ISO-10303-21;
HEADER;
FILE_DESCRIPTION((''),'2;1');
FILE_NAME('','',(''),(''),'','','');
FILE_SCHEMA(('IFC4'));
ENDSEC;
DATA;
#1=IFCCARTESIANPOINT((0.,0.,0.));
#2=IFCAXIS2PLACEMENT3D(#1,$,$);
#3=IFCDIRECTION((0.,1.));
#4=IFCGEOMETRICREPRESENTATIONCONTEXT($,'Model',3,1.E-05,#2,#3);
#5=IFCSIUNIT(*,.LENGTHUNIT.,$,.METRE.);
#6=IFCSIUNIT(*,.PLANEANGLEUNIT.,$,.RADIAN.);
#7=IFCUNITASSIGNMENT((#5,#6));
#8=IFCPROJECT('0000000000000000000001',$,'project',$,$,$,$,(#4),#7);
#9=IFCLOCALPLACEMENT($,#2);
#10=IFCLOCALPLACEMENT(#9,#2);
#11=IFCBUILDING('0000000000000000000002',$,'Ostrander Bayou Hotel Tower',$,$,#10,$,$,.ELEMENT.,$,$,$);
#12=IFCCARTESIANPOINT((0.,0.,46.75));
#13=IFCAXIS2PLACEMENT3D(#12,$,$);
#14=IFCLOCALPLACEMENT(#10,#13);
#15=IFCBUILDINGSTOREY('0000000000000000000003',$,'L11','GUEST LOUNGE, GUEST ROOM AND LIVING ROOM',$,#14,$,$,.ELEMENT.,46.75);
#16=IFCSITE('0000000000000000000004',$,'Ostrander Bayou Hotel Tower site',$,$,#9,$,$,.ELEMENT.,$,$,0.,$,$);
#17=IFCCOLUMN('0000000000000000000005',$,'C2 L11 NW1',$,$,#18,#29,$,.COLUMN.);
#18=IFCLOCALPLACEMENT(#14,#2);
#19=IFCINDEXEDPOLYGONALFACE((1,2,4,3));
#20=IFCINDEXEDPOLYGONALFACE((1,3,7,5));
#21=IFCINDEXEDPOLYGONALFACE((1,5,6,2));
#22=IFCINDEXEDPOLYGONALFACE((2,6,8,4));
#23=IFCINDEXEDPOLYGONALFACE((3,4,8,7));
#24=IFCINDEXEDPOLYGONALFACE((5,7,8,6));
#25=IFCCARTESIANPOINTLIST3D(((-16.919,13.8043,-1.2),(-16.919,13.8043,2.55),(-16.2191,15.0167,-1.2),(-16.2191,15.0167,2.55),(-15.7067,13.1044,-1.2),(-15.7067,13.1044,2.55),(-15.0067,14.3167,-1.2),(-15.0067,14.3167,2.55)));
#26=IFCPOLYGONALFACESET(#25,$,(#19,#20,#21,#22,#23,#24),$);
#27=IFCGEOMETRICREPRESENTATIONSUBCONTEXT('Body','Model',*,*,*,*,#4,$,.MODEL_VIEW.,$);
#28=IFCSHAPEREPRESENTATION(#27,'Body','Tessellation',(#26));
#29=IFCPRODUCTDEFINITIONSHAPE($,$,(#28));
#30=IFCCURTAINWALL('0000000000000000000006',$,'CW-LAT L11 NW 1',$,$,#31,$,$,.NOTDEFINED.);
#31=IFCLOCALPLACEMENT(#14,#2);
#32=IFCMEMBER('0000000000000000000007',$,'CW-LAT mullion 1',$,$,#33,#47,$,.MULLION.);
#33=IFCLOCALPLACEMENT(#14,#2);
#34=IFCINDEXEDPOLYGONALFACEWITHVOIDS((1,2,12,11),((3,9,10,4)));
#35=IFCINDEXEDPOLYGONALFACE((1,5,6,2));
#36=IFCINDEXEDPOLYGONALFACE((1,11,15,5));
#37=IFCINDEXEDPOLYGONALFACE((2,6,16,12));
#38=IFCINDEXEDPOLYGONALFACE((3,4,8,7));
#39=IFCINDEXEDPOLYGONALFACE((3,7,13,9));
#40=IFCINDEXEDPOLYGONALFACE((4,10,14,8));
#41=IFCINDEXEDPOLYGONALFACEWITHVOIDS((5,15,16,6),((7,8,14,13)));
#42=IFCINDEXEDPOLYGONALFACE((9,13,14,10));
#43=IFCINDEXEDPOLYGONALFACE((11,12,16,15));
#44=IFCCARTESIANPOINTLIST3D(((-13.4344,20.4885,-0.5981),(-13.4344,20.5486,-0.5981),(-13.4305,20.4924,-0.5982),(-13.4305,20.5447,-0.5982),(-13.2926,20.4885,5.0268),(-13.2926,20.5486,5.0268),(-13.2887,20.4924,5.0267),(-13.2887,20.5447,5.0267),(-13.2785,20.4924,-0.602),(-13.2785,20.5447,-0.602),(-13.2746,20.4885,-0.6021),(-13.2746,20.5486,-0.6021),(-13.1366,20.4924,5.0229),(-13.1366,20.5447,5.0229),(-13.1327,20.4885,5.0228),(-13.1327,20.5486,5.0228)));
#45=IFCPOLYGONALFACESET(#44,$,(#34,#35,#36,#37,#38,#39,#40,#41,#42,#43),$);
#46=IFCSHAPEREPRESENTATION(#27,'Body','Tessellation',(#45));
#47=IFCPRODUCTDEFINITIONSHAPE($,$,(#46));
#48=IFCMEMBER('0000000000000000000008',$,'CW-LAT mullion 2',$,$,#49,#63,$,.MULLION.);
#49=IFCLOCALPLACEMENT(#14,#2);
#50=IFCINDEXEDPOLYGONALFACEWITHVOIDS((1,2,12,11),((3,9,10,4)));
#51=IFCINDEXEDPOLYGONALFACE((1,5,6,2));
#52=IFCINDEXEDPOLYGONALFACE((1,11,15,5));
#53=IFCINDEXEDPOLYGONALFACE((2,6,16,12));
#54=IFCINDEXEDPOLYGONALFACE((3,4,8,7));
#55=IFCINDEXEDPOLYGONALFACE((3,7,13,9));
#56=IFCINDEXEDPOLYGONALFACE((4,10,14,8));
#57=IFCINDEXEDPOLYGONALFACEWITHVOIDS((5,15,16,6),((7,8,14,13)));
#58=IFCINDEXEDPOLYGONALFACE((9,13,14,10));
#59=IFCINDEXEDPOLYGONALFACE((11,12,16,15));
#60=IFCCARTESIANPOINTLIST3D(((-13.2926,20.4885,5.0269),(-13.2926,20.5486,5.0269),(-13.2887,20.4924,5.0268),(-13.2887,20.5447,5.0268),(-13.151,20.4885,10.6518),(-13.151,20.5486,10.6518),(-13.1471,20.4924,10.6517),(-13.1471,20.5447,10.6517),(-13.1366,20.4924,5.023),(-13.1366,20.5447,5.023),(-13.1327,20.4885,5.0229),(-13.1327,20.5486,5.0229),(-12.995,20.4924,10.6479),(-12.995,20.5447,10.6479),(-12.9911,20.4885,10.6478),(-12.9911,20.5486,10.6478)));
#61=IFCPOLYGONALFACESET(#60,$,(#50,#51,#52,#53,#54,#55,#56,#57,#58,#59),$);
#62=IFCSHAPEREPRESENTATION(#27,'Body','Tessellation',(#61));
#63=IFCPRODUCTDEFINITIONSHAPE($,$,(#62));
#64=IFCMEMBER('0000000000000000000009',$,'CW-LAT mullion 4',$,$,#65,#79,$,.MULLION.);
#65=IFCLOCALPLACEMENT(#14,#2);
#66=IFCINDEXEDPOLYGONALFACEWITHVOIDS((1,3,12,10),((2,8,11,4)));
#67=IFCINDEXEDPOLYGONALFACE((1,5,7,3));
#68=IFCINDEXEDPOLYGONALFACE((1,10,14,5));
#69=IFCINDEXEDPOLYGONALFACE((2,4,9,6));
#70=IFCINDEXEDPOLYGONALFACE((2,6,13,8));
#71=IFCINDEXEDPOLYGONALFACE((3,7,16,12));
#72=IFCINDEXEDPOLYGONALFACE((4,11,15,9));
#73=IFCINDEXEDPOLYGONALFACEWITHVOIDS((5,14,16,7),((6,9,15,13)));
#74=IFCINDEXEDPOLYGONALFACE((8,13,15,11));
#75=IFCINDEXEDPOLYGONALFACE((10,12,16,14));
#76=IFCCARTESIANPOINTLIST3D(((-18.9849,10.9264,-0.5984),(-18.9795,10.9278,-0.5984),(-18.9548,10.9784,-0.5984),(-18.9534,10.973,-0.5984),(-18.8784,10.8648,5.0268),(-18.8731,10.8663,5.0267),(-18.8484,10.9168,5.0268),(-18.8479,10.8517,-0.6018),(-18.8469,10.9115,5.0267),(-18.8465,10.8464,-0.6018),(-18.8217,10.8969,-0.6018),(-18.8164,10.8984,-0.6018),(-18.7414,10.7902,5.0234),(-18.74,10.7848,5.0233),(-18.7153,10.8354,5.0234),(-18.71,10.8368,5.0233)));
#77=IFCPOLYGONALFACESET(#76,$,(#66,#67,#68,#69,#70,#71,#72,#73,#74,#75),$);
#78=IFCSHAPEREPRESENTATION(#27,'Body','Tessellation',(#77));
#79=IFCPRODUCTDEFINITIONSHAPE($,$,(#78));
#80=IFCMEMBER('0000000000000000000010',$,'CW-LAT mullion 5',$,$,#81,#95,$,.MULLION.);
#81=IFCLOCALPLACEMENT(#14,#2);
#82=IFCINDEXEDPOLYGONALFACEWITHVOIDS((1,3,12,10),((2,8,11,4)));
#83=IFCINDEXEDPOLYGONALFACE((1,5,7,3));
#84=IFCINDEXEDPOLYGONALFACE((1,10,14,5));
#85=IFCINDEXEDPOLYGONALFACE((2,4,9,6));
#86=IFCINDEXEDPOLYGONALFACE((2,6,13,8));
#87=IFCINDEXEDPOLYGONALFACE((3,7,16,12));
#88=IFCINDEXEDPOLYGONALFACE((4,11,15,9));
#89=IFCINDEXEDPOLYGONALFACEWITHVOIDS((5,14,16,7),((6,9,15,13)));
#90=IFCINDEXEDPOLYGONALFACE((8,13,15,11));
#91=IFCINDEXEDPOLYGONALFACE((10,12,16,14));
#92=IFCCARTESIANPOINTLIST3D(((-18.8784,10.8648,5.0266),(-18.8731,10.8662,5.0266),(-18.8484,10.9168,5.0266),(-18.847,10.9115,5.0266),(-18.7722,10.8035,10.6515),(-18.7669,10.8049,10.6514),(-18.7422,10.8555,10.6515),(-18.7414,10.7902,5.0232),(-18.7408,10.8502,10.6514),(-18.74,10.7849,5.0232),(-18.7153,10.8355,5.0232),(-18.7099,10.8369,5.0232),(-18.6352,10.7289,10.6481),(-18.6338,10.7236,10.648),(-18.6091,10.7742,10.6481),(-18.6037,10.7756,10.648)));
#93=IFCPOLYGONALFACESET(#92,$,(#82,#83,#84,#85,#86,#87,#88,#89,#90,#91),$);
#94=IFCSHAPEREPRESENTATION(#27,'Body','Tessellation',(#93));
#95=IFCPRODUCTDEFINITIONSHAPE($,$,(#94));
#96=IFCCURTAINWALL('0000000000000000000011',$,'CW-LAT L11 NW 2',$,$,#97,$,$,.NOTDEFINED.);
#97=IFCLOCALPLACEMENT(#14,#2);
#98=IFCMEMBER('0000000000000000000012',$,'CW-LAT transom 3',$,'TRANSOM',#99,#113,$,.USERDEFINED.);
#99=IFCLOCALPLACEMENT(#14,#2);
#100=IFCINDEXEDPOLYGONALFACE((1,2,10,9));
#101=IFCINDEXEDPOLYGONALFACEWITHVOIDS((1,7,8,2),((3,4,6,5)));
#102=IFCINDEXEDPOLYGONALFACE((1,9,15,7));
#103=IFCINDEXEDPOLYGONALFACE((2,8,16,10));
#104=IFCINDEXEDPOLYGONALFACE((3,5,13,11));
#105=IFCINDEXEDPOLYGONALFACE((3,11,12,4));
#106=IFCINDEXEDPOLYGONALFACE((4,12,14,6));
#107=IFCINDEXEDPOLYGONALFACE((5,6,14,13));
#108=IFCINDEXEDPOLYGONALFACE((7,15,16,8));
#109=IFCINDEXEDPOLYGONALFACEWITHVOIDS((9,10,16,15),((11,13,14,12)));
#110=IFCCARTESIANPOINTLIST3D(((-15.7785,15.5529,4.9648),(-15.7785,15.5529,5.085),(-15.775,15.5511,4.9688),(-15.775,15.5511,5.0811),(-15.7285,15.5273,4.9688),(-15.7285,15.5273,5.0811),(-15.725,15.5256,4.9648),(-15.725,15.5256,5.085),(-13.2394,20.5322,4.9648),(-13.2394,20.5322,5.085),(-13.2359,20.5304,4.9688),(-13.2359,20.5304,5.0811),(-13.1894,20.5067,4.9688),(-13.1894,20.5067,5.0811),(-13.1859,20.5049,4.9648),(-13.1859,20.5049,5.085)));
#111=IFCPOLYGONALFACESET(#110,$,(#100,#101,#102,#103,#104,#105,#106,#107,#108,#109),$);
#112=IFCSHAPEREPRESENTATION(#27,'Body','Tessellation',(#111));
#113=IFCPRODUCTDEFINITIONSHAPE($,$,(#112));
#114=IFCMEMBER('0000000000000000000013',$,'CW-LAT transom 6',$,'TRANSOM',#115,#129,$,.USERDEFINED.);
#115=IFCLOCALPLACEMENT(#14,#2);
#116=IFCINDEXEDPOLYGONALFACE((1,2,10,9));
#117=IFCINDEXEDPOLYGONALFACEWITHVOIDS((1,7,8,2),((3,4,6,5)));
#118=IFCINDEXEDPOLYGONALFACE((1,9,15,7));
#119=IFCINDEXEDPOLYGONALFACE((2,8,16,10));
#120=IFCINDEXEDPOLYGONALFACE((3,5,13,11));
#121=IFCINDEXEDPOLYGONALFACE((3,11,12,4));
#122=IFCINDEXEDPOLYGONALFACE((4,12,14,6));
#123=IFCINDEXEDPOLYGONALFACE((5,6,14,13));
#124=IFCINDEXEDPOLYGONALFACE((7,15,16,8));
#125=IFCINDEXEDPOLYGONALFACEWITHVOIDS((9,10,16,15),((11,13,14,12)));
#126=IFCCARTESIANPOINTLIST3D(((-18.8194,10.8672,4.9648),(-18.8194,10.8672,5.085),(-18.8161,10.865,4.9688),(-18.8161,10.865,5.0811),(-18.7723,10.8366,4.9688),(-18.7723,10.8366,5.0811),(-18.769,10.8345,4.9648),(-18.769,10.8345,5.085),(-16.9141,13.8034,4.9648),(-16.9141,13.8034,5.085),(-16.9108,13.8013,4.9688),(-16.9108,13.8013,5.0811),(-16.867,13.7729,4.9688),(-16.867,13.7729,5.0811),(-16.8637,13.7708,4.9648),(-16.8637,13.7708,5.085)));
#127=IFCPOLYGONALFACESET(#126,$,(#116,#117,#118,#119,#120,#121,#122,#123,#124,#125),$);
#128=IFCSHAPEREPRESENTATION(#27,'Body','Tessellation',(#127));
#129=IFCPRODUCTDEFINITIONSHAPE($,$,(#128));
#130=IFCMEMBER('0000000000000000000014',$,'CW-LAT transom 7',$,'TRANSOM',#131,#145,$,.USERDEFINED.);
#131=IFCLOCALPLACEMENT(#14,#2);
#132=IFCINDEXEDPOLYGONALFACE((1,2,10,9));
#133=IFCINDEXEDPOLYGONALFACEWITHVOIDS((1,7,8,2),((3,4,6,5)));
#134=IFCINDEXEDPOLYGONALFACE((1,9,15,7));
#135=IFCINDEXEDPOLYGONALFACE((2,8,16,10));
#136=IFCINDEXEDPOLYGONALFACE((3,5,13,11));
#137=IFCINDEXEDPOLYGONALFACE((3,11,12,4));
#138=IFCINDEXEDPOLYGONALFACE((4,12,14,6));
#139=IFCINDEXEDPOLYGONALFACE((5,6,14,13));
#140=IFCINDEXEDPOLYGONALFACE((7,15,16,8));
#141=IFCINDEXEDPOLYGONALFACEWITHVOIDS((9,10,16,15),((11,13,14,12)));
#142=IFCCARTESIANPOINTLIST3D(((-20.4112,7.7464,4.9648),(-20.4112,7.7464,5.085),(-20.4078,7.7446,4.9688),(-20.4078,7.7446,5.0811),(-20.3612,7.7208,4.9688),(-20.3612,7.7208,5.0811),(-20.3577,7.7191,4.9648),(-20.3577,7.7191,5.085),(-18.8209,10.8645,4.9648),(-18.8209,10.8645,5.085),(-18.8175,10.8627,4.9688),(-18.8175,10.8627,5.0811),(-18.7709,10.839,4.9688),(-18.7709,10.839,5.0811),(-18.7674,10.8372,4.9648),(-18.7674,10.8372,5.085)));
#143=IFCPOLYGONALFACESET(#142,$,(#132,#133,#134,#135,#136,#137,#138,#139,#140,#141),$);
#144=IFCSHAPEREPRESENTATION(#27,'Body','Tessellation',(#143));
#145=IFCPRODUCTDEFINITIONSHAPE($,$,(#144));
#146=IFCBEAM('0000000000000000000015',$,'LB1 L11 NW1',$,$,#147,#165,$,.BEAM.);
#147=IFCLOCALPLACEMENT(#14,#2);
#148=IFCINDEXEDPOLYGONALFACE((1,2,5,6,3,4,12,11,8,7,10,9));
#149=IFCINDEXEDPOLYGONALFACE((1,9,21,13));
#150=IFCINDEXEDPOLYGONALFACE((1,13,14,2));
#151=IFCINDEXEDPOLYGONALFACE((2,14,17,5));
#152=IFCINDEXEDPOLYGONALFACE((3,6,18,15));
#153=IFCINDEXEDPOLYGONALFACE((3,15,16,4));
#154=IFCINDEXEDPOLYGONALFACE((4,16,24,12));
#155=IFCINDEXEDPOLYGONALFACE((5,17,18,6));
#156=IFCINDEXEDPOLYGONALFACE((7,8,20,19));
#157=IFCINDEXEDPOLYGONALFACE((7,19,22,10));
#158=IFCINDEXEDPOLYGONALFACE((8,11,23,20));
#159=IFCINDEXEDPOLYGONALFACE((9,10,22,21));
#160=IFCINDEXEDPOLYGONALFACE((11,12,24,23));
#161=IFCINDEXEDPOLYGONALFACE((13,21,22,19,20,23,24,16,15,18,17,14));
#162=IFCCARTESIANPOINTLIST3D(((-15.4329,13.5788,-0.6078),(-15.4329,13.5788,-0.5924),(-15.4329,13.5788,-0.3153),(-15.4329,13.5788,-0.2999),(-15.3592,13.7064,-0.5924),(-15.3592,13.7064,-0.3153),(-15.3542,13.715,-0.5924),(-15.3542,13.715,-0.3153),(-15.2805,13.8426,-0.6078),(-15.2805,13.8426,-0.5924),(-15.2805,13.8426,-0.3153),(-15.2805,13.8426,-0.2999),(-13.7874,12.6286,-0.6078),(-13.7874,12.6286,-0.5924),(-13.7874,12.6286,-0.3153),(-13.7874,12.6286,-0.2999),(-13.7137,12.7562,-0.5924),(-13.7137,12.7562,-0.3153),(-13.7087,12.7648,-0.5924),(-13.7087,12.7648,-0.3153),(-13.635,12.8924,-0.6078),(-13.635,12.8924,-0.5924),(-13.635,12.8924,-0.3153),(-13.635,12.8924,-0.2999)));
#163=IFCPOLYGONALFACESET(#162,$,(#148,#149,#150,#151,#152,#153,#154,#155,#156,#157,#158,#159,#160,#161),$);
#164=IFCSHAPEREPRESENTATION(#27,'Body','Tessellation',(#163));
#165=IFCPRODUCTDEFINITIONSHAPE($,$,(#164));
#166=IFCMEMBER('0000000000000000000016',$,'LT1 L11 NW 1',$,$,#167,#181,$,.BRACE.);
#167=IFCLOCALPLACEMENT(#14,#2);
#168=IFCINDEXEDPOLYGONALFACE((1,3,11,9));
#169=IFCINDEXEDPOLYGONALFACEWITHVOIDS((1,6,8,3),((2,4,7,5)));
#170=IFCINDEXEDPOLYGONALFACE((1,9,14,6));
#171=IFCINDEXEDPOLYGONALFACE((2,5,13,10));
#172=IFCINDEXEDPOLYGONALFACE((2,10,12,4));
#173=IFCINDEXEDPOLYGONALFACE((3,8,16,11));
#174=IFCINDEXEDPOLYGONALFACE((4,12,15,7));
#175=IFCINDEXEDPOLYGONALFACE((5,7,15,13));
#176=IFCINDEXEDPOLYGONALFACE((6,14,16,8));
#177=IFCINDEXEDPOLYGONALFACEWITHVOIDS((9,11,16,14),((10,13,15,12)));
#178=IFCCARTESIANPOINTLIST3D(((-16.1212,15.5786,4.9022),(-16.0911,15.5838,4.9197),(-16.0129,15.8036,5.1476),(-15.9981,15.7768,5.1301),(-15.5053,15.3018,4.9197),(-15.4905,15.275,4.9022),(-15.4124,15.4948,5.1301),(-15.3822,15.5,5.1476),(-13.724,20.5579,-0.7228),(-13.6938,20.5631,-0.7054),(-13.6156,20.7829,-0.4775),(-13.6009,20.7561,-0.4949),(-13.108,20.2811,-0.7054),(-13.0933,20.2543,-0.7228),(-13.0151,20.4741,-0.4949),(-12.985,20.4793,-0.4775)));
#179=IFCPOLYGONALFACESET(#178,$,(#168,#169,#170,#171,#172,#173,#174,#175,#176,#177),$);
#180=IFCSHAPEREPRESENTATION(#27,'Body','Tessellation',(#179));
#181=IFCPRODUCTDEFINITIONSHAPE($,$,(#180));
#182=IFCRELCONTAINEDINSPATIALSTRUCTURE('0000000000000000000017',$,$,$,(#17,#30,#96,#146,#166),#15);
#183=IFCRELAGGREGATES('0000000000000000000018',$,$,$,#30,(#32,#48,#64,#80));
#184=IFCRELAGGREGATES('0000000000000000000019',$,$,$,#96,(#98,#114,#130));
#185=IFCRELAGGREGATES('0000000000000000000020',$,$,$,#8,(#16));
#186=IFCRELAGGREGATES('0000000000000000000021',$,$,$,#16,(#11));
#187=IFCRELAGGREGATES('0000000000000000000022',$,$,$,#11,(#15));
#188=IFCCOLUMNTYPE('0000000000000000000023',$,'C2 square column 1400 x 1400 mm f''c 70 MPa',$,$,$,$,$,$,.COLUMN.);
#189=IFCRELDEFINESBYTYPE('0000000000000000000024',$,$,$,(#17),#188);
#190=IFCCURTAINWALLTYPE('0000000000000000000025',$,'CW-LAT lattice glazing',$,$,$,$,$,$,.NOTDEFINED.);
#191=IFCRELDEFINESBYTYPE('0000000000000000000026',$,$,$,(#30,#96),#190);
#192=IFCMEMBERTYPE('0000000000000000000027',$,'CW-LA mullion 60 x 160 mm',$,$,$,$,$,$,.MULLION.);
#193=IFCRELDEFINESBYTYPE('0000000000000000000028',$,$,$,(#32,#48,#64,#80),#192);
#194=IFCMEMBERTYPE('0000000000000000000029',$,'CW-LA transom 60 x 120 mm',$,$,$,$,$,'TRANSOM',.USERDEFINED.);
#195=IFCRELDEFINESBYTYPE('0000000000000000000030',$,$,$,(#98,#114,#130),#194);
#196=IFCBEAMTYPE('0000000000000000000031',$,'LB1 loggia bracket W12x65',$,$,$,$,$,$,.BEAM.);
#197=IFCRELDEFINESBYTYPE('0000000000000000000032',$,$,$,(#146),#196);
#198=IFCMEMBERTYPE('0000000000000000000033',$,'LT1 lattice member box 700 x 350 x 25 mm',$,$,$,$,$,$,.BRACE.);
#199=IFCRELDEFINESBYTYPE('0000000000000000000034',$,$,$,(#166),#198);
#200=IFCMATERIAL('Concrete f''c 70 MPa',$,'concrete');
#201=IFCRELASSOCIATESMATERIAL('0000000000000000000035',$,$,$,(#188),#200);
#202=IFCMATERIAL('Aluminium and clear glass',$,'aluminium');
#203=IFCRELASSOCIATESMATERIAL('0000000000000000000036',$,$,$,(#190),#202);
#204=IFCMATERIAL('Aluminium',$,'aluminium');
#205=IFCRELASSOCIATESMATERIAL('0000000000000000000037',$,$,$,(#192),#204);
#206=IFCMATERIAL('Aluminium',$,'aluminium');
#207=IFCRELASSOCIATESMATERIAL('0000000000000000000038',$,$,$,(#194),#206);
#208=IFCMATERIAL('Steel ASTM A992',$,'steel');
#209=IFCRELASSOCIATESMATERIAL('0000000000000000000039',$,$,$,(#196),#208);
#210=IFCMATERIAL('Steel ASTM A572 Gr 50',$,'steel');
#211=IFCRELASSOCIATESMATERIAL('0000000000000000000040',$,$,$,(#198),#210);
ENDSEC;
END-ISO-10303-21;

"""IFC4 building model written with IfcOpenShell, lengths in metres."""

from ifc_helpers import new_model, si_unit, direction, frame, origin, origin_2d, place, context, subcontext, project, spatial, rectangle, hollow_rectangle, i_section, extrude, material, material_profile, profile_set, type_object, element, aggregate, save


model = new_model("IFC4")

# Units and contexts
model_context = context("Model", 3, precision=1e-05, world=origin(), true_north=direction((0.0, 1.0)))
body_context = subcontext(model_context, "Body", "Model", "MODEL_VIEW")
ifc_project = project(units=[si_unit("LENGTHUNIT", "METRE"), si_unit("PLANEANGLEUNIT", "RADIAN")], contexts=[model_context])

# Site, building, storey
site_placement = place(None, origin())
site = spatial("IfcSite", under=ifc_project, at=site_placement, Name="Ostrander Bayou Hotel Tower site", CompositionType="ELEMENT", RefElevation=0.0)
building_placement = place(site_placement, origin())
building = spatial("IfcBuilding", under=site, at=building_placement, Name="Ostrander Bayou Hotel Tower", CompositionType="ELEMENT")
storey_placement = place(building_placement, frame((0.0, 0.0, 46.75)))
storey = spatial("IfcBuildingStorey", under=building, at=storey_placement, Name="L11", Description="GUEST LOUNGE, GUEST ROOM AND LIVING ROOM", CompositionType="ELEMENT", Elevation=46.75)

# Column
ifc_material_1 = material(Name="Concrete f'c 70 MPa", Category="concrete")
ifc_material_profile_1 = material_profile(ifc_material_1, rectangle(XDim=1.3999, YDim=1.3999, at=origin_2d()))
ifc_profile_set_1 = profile_set([ifc_material_profile_1], Name="Concrete f'c 70 MPa")
column_type = type_object("IfcColumnType", Name="C2 square column 1400 x 1400 mm f'c 70 MPa", PredefinedType="COLUMN", material=ifc_profile_set_1)
column_placement = place(storey_placement, frame((-15.9629, 14.0605, -1.2), z_axis=(0.0, 0.0, 1.0), x_axis=(0.5, 0.866025, 0.0)))
element("IfcColumn", 1, at=column_placement, inside=storey, type_object=column_type, Name="C2 L11 NW1", PredefinedType="COLUMN", context=body_context, shape_type="SweptSolid", body=[
    extrude(rectangle(XDim=1.3999, YDim=1.3999, at=origin_2d()), origin(), (0.0, 0.0, 1.0), 3.75),
])

# Curtain walls, members
ifc_material_2 = material(Name="Aluminium and clear glass", Category="aluminium")
curtain_wall_type = type_object("IfcCurtainWallType", Name="CW-LAT lattice glazing", PredefinedType="NOTDEFINED", material=ifc_material_2)
curtain_wall_1_placement = place(storey_placement, origin())
curtain_wall_1 = element("IfcCurtainWall", 2, at=curtain_wall_1_placement, inside=storey, type_object=curtain_wall_type, Name="CW-LAT L11 NW 1", PredefinedType="NOTDEFINED")
ifc_material_3 = material(Name="Aluminium", Category="aluminium")
ifc_material_profile_2 = material_profile(ifc_material_3, hollow_rectangle(XDim=0.0601, YDim=0.1599, WallThickness=0.0039, at=origin_2d()))
ifc_profile_set_2 = profile_set([ifc_material_profile_2], Name="Aluminium")
member_type_1 = type_object("IfcMemberType", Name="CW-LA mullion 60 x 160 mm", PredefinedType="MULLION", material=ifc_profile_set_2)
member_1_placement = place(storey_placement, frame((-13.3545, 20.5186, -0.6001), z_axis=(0.025209, 0.0, 0.999682), x_axis=(0.0, 1.0, 0.0)))
member_1 = element("IfcMember", 3, at=member_1_placement, type_object=member_type_1, Name="CW-LAT mullion 1", PredefinedType="MULLION", context=body_context, shape_type="SweptSolid", body=[
    extrude(hollow_rectangle(XDim=0.0601, YDim=0.1599, WallThickness=0.0039, at=origin_2d()), origin(), (0.0, 0.0, 1.0), 5.6267),
])
member_2_placement = place(storey_placement, frame((-13.2126, 20.5186, 5.0249), z_axis=(0.025166, 0.0, 0.999683), x_axis=(0.0, 1.0, 0.0)))
member_2 = element("IfcMember", 4, at=member_2_placement, type_object=member_type_1, Name="CW-LAT mullion 2", PredefinedType="MULLION", context=body_context, shape_type="SweptSolid", body=[
    extrude(hollow_rectangle(XDim=0.0601, YDim=0.1599, WallThickness=0.0039, at=origin_2d()), origin(), (0.0, 0.0, 1.0), 5.6267),
])
member_3_placement = place(storey_placement, frame((-18.9006, 10.9124, -0.6001), z_axis=(0.018919, -0.010935, 0.999761), x_axis=(0.50041, 0.865789, 0.0)))
member_3 = element("IfcMember", 5, at=member_3_placement, type_object=member_type_1, Name="CW-LAT mullion 4", PredefinedType="MULLION", context=body_context, shape_type="SweptSolid", body=[
    extrude(hollow_rectangle(XDim=0.0601, YDim=0.1599, WallThickness=0.0039, at=origin_2d()), origin(), (0.0, 0.0, 1.0), 5.6265),
])
member_4_placement = place(storey_placement, frame((-18.7942, 10.8508, 5.0249), z_axis=(0.018876, -0.010892, 0.999763), x_axis=(0.49978, 0.866152, 0.0)))
member_4 = element("IfcMember", 6, at=member_4_placement, type_object=member_type_1, Name="CW-LAT mullion 5", PredefinedType="MULLION", context=body_context, shape_type="SweptSolid", body=[
    extrude(hollow_rectangle(XDim=0.0601, YDim=0.1599, WallThickness=0.0039, at=origin_2d()), origin(), (0.0, 0.0, 1.0), 5.6262),
])
curtain_wall_2_placement = place(storey_placement, origin())
curtain_wall_2 = element("IfcCurtainWall", 7, at=curtain_wall_2_placement, inside=storey, type_object=curtain_wall_type, Name="CW-LAT L11 NW 2", PredefinedType="NOTDEFINED")
ifc_material_4 = material(Name="Aluminium", Category="aluminium")
ifc_material_profile_3 = material_profile(ifc_material_4, hollow_rectangle(XDim=0.0601, YDim=0.1201, WallThickness=0.0039, at=origin_2d()))
ifc_profile_set_3 = profile_set([ifc_material_profile_3], Name="Aluminium")
member_type_2 = type_object("IfcMemberType", Name="CW-LA transom 60 x 120 mm", ElementType="TRANSOM", PredefinedType="USERDEFINED", material=ifc_profile_set_3)
member_5_placement = place(storey_placement, frame((-13.2126, 20.5186, 5.0249), z_axis=(-0.454276, -0.890861, 0.0), x_axis=(0.890861, -0.454276, 0.0)))
member_5 = element("IfcMember", 8, at=member_5_placement, type_object=member_type_2, Name="CW-LAT transom 3", ObjectType="TRANSOM", PredefinedType="USERDEFINED", context=body_context, shape_type="SweptSolid", body=[
    extrude(hollow_rectangle(XDim=0.0601, YDim=0.1201, WallThickness=0.0039, at=origin_2d()), origin(), (0.0, 0.0, 1.0), 5.5894),
])
member_6_placement = place(storey_placement, frame((-18.7942, 10.8508, 5.0249), z_axis=(0.544324, 0.838875, 0.0), x_axis=(-0.838875, 0.544324, 0.0)))
member_6 = element("IfcMember", 9, at=member_6_placement, type_object=member_type_2, Name="CW-LAT transom 6", ObjectType="TRANSOM", PredefinedType="USERDEFINED", context=body_context, shape_type="SweptSolid", body=[
    extrude(hollow_rectangle(XDim=0.0601, YDim=0.1201, WallThickness=0.0039, at=origin_2d()), origin(), (0.0, 0.0, 1.0), 3.5002),
])
member_7_placement = place(storey_placement, frame((-18.7942, 10.8508, 5.0249), z_axis=(-0.454342, -0.890828, 0.0), x_axis=(0.890828, -0.454342, 0.0)))
member_7 = element("IfcMember", 10, at=member_7_placement, type_object=member_type_2, Name="CW-LAT transom 7", ObjectType="TRANSOM", PredefinedType="USERDEFINED", context=body_context, shape_type="SweptSolid", body=[
    extrude(hollow_rectangle(XDim=0.0601, YDim=0.1201, WallThickness=0.0039, at=origin_2d()), origin(), (0.0, 0.0, 1.0), 3.5002),
])

# Beam
ifc_material_5 = material(Name="Steel ASTM A992", Category="steel")
ifc_material_profile_4 = material_profile(ifc_material_5, i_section(OverallWidth=0.3047, OverallDepth=0.3079, WebThickness=0.01, FlangeThickness=0.0154, at=origin_2d()))
ifc_profile_set_4 = profile_set([ifc_material_profile_4], Name="Steel ASTM A992")
beam_type_1 = type_object("IfcBeamType", Name="LB1 loggia bracket W12x65", PredefinedType="BEAM", material=ifc_profile_set_4)
beam_1_placement = place(storey_placement, frame((-15.3567, 13.7107, -0.4539), z_axis=(0.865989, -0.500064, 0.0), x_axis=(0.500064, 0.865989, 0.0)))
element("IfcBeam", 11, at=beam_1_placement, inside=storey, type_object=beam_type_1, Name="LB1 L11 NW1", PredefinedType="BEAM", context=body_context, shape_type="SweptSolid", body=[
    extrude(i_section(OverallWidth=0.3047, OverallDepth=0.3079, WebThickness=0.01, FlangeThickness=0.0154, at=origin_2d()), origin(), (0.0, 0.0, 1.0), 1.9001),
])

# Member
ifc_material_6 = material(Name="Steel ASTM A572 Gr 50", Category="steel")
ifc_material_profile_5 = material_profile(ifc_material_6, hollow_rectangle(XDim=0.7, YDim=0.3501, WallThickness=0.0249, at=origin_2d()))
ifc_profile_set_5 = profile_set([ifc_material_profile_5], Name="Steel ASTM A572 Gr 50")
member_type_3 = type_object("IfcMemberType", Name="LT1 lattice member box 700 x 350 x 25 mm", PredefinedType="BRACE", material=ifc_profile_set_5)
member_8_placement = place(storey_placement, frame((-15.7517, 15.5393, 5.0249), z_axis=(0.304005, 0.631448, -0.71334), x_axis=(-0.901016, 0.433786, 0.0)))
element("IfcMember", 12, at=member_8_placement, inside=storey, type_object=member_type_3, Name="LT1 L11 NW 1", PredefinedType="BRACE", context=body_context, shape_type="SweptSolid", body=[
    extrude(hollow_rectangle(XDim=0.7, YDim=0.3501, WallThickness=0.0249, at=origin_2d()), origin(), (0.0, 0.0, 1.0), 7.8855),
])

aggregate(curtain_wall_1, [member_1, member_2, member_3, member_4])
aggregate(curtain_wall_2, [member_5, member_6, member_7])

save(model, "model.ifc")
